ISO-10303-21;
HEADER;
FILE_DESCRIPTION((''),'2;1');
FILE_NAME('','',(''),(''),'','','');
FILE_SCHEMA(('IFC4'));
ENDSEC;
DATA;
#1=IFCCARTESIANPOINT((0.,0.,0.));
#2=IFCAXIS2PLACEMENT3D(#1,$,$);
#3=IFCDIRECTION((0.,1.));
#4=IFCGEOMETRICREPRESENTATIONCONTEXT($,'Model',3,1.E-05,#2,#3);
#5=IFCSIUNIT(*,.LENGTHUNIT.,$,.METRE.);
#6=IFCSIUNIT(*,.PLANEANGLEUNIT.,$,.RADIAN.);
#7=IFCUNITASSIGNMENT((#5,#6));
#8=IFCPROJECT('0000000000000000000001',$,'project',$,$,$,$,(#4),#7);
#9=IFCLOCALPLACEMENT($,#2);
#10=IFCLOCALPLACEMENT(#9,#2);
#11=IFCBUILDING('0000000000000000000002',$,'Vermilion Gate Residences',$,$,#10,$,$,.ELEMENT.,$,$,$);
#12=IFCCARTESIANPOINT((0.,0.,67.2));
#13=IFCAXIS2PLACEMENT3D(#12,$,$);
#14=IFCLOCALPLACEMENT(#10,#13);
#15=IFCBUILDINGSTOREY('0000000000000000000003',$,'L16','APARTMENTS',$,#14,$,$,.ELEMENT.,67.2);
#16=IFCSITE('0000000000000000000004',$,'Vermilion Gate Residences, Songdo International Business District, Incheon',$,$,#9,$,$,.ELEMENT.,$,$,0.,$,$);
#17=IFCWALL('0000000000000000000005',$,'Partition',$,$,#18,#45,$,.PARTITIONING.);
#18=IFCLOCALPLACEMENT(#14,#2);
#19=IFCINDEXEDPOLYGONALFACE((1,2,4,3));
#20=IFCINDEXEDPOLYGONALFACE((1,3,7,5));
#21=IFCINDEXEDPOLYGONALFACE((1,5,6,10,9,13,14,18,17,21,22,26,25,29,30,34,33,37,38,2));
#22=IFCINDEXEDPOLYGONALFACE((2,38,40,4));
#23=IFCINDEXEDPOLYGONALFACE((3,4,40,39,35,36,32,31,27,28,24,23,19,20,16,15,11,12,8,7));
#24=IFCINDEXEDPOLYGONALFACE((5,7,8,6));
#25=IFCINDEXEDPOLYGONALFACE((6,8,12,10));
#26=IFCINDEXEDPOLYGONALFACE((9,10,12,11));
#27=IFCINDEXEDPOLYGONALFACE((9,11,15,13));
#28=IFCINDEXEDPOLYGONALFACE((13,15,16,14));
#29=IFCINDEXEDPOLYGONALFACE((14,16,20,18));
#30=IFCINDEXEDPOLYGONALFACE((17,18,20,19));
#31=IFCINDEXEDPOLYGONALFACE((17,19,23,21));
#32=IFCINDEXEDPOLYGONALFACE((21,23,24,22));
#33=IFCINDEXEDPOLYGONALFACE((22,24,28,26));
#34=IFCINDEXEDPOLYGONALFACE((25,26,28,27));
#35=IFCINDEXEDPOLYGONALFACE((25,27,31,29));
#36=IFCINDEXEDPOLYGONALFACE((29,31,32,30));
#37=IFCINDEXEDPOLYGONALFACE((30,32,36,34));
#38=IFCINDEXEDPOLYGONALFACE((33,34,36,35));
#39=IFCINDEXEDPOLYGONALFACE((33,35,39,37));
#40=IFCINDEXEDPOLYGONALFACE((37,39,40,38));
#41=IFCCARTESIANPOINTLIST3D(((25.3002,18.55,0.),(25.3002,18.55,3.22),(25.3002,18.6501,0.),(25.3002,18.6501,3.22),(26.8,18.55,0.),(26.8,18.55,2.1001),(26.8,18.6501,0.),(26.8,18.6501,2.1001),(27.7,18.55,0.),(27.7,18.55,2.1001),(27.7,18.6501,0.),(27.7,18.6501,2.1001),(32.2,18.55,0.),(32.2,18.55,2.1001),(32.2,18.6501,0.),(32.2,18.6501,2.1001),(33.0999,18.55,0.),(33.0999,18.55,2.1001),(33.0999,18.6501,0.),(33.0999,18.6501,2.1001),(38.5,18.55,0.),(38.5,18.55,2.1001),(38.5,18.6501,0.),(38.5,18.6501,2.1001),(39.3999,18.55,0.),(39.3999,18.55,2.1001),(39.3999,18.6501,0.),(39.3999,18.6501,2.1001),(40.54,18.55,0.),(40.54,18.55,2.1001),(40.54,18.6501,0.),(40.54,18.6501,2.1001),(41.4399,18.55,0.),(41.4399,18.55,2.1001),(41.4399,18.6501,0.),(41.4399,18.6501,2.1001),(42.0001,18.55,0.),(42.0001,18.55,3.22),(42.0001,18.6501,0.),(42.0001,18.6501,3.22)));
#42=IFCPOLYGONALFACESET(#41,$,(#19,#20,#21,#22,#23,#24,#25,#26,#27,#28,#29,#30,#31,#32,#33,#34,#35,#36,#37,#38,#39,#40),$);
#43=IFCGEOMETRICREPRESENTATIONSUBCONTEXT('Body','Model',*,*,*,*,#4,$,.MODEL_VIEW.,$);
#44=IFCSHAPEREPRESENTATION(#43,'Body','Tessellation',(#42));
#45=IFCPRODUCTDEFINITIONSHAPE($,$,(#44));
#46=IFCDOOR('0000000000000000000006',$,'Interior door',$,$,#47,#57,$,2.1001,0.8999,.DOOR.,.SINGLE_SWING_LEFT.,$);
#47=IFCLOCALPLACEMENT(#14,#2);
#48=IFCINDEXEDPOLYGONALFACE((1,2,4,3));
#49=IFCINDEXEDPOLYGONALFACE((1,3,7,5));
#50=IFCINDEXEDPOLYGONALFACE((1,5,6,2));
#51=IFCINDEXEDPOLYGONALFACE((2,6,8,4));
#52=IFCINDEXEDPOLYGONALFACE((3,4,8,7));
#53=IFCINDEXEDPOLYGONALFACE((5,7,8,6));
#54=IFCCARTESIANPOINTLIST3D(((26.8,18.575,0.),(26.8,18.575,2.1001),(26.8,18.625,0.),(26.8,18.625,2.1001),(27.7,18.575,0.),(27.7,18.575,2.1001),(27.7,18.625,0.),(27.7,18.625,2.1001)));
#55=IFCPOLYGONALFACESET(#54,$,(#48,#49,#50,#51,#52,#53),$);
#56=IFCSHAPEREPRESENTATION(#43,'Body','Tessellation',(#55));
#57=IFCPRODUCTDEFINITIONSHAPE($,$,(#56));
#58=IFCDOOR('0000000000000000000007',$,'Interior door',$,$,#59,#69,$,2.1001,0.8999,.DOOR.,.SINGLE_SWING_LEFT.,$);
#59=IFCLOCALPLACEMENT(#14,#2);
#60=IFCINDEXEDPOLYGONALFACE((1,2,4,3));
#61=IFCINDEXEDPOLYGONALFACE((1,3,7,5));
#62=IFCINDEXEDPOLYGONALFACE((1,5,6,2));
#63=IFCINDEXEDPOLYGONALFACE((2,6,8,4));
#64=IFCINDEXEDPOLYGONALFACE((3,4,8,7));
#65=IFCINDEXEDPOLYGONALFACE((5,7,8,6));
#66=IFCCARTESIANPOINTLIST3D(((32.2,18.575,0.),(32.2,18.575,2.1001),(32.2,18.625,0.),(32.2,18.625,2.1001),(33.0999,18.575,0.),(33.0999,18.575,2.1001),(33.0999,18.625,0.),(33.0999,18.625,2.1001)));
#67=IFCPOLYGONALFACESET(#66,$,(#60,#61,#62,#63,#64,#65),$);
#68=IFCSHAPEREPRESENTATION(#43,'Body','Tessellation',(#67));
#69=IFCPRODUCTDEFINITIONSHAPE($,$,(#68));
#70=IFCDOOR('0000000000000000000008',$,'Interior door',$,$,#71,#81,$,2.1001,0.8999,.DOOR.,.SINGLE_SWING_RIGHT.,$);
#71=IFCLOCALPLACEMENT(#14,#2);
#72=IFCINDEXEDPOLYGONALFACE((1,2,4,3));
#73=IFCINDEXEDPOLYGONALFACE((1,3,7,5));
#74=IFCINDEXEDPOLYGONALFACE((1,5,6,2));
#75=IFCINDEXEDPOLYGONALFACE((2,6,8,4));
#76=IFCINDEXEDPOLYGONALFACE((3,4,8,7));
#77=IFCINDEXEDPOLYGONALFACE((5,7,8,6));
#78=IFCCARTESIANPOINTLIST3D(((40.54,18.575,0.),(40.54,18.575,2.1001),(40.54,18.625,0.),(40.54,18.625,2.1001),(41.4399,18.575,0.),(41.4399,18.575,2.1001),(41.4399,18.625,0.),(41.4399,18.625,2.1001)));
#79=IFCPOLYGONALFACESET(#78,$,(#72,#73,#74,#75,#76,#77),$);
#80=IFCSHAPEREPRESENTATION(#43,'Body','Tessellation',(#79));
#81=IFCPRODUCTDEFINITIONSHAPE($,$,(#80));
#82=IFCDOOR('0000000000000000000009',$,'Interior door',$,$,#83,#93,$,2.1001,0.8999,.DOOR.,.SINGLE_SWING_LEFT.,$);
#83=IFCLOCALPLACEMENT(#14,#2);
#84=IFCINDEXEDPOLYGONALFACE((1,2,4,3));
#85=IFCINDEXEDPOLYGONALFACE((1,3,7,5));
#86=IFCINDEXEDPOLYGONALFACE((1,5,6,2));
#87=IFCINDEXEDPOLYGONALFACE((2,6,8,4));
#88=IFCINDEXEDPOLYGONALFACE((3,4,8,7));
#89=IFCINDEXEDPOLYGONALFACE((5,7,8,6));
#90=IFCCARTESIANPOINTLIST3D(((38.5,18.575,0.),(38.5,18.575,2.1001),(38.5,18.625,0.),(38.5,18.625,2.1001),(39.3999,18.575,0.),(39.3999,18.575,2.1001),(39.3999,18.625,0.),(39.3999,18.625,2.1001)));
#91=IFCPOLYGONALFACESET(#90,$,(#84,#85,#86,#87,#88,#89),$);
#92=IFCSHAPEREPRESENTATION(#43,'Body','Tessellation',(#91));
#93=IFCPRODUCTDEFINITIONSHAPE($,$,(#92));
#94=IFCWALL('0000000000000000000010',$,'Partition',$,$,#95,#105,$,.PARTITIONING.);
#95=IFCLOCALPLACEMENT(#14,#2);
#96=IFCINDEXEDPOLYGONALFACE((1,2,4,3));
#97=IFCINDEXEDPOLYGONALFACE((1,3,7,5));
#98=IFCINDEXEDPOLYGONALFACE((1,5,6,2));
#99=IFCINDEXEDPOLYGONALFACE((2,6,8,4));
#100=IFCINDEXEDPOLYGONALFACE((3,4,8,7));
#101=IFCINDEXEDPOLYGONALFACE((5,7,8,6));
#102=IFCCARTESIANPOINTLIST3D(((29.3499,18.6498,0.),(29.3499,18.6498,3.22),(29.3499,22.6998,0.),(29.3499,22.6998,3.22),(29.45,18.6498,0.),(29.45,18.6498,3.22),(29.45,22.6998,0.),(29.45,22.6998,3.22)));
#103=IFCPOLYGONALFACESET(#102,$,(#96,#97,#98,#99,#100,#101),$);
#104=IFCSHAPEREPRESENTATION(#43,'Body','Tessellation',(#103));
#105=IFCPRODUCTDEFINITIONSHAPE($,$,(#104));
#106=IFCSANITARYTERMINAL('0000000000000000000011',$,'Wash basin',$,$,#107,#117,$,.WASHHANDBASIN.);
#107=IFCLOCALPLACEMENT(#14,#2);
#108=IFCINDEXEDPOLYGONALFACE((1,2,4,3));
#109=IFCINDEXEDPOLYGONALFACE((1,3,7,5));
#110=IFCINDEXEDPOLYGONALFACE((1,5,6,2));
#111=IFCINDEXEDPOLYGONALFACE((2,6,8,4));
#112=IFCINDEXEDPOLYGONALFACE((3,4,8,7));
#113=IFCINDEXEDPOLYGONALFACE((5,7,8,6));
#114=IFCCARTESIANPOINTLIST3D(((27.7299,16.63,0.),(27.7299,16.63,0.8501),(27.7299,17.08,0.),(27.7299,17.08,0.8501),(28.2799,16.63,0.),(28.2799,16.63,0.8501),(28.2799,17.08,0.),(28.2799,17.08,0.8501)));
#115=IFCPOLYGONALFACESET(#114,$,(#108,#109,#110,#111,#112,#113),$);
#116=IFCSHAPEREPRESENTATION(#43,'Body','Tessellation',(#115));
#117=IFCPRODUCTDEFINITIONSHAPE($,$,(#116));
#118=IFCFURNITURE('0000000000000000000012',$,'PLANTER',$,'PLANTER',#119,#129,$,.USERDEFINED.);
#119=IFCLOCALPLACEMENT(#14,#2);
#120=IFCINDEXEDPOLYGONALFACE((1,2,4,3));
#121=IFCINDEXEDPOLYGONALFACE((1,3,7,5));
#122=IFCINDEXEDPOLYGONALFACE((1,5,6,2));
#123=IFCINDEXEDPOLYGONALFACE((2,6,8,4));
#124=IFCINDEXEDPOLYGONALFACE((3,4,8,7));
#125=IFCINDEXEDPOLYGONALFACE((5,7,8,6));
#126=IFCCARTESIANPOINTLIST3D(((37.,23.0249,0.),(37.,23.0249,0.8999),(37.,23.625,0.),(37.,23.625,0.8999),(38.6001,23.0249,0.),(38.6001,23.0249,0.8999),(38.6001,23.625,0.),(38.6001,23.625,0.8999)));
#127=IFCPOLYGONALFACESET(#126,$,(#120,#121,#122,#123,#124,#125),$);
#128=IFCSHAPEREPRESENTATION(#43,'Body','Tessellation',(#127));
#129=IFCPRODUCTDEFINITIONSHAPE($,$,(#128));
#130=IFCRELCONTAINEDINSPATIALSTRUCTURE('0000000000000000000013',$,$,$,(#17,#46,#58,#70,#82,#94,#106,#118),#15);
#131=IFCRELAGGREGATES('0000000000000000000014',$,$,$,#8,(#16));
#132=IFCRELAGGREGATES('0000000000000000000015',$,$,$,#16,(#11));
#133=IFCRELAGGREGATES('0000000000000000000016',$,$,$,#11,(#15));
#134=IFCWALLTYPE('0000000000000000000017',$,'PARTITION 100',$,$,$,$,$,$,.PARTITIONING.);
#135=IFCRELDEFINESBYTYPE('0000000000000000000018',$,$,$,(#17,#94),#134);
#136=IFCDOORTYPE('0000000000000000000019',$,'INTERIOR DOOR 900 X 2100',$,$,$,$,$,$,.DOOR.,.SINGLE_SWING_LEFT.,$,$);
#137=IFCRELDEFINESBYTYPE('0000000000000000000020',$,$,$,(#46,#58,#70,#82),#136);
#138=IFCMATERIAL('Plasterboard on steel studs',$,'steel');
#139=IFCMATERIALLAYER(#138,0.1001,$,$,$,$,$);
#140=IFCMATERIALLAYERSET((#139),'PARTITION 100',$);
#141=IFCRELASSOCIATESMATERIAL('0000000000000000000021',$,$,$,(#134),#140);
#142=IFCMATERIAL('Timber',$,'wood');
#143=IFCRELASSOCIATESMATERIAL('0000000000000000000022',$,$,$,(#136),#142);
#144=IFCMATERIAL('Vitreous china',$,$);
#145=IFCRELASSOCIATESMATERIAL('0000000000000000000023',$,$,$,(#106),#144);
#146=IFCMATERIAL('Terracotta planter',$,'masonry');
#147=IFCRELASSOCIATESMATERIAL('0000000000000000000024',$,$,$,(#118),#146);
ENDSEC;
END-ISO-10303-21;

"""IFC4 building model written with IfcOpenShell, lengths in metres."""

from ifc_helpers import new_model, si_unit, direction, frame, frame_2d, origin, origin_2d, place, context, subcontext, project, spatial, rectangle, extrude, material, layer, layer_set, type_object, element, fill, save


model = new_model("IFC4")

# Units and contexts
model_context = context("Model", 3, precision=1e-05, world=origin(), true_north=direction((0.0, 1.0)))
body_context = subcontext(model_context, "Body", "Model", "MODEL_VIEW")
ifc_project = project(units=[si_unit("LENGTHUNIT", "METRE"), si_unit("PLANEANGLEUNIT", "RADIAN")], contexts=[model_context])

# Site, building, storey
site_placement = place(None, origin())
site = spatial("IfcSite", under=ifc_project, at=site_placement, Name="Vermilion Gate Residences, Songdo International Business District, Incheon", CompositionType="ELEMENT", RefElevation=0.0)
building_placement = place(site_placement, origin())
building = spatial("IfcBuilding", under=site, at=building_placement, Name="Vermilion Gate Residences", CompositionType="ELEMENT")
storey_placement = place(building_placement, frame((0.0, 0.0, 67.2)))
storey = spatial("IfcBuildingStorey", under=building, at=storey_placement, Name="L16", Description="APARTMENTS", CompositionType="ELEMENT", Elevation=67.2)

# Wall, openings, doors
ifc_material_1 = material(Name="Plasterboard on steel studs", Category="steel")
ifc_layer_1 = layer(ifc_material_1, 0.1001)
ifc_layer_set_1 = layer_set([ifc_layer_1], Name="PARTITION 100")
wall_type_1 = type_object("IfcWallType", Name="PARTITION 100", PredefinedType="PARTITIONING", material=ifc_layer_set_1)
ifc_material_2 = material(Name="Timber", Category="wood")
door_type_1 = type_object("IfcDoorType", Name="INTERIOR DOOR 900 X 2100", OperationType="SINGLE_SWING_LEFT", PredefinedType="DOOR", material=ifc_material_2)
wall_1_placement = place(storey_placement, frame((25.3, 18.6001, 0.0), z_axis=(0.0, 0.0, 1.0), x_axis=(1.0, 0.0, 0.0)))
wall_1 = element("IfcWall", 1, at=wall_1_placement, inside=storey, type_object=wall_type_1, Name="Partition", PredefinedType="PARTITIONING", context=body_context, shape_type="SweptSolid", body=[
    extrude(rectangle(XDim=16.7, YDim=0.1001, at=frame_2d((8.3501, 0.0))), origin(), (0.0, 0.0, 1.0), 3.22),
])
opening_1_placement = place(wall_1_placement, frame((1.5, 0.0, 0.0)))
opening_1 = element("IfcOpeningElement", 2, at=opening_1_placement, cuts=wall_1, PredefinedType="OPENING", context=body_context, shape_type="SweptSolid", body=[
    extrude(rectangle(XDim=0.8999, YDim=2.1001, at=frame_2d((0.45, 1.05))), frame((0.0, 0.0601, 0.0), z_axis=(0.0, -1.0, 0.0), x_axis=(1.0, 0.0, 0.0)), (0.0, 0.0, 1.0), 0.1201),
])
opening_2_placement = place(wall_1_placement, frame((6.8999, 0.0, 0.0)))
opening_2 = element("IfcOpeningElement", 3, at=opening_2_placement, cuts=wall_1, PredefinedType="OPENING", context=body_context, shape_type="SweptSolid", body=[
    extrude(rectangle(XDim=0.8999, YDim=2.1001, at=frame_2d((0.45, 1.05))), frame((0.0, 0.0601, 0.0), z_axis=(0.0, -1.0, 0.0), x_axis=(1.0, 0.0, 0.0)), (0.0, 0.0, 1.0), 0.1201),
])
opening_3_placement = place(wall_1_placement, frame((15.24, 0.0, 0.0)))
opening_3 = element("IfcOpeningElement", 4, at=opening_3_placement, cuts=wall_1, PredefinedType="OPENING", context=body_context, shape_type="SweptSolid", body=[
    extrude(rectangle(XDim=0.8999, YDim=2.1001, at=frame_2d((0.45, 1.05))), frame((0.0, 0.0601, 0.0), z_axis=(0.0, -1.0, 0.0), x_axis=(1.0, 0.0, 0.0)), (0.0, 0.0, 1.0), 0.1201),
])
opening_4_placement = place(wall_1_placement, frame((13.2, 0.0, 0.0)))
opening_4 = element("IfcOpeningElement", 5, at=opening_4_placement, cuts=wall_1, PredefinedType="OPENING", context=body_context, shape_type="SweptSolid", body=[
    extrude(rectangle(XDim=0.8999, YDim=2.1001, at=frame_2d((0.45, 1.05))), frame((0.0, 0.0601, 0.0), z_axis=(0.0, -1.0, 0.0), x_axis=(1.0, 0.0, 0.0)), (0.0, 0.0, 1.0), 0.1201),
])
door_1_placement = place(opening_1_placement, origin())
door_1 = element("IfcDoor", 6, at=door_1_placement, inside=storey, type_object=door_type_1, Name="Interior door", OperationType="SINGLE_SWING_LEFT", OverallHeight=2.1001, OverallWidth=0.8999, PredefinedType="DOOR", context=body_context, shape_type="SweptSolid", body=[
    extrude(rectangle(XDim=0.8999, YDim=2.1001, at=frame_2d((0.45, 1.05))), frame((0.0, 0.0249, 0.0), z_axis=(0.0, -1.0, 0.0), x_axis=(1.0, 0.0, 0.0)), (0.0, 0.0, 1.0), 0.05),
])
fill(opening_1, door_1)
door_2_placement = place(opening_2_placement, origin())
door_2 = element("IfcDoor", 7, at=door_2_placement, inside=storey, type_object=door_type_1, Name="Interior door", OperationType="SINGLE_SWING_LEFT", OverallHeight=2.1001, OverallWidth=0.8999, PredefinedType="DOOR", context=body_context, shape_type="SweptSolid", body=[
    extrude(rectangle(XDim=0.8999, YDim=2.1001, at=frame_2d((0.45, 1.05))), frame((0.0, 0.0249, 0.0), z_axis=(0.0, -1.0, 0.0), x_axis=(1.0, 0.0, 0.0)), (0.0, 0.0, 1.0), 0.05),
])
fill(opening_2, door_2)
door_3_placement = place(opening_3_placement, origin())
door_3 = element("IfcDoor", 8, at=door_3_placement, inside=storey, type_object=door_type_1, Name="Interior door", OperationType="SINGLE_SWING_RIGHT", OverallHeight=2.1001, OverallWidth=0.8999, PredefinedType="DOOR", context=body_context, shape_type="SweptSolid", body=[
    extrude(rectangle(XDim=0.8999, YDim=2.1001, at=frame_2d((0.45, 1.05))), frame((0.0, 0.0249, 0.0), z_axis=(0.0, -1.0, 0.0), x_axis=(1.0, 0.0, 0.0)), (0.0, 0.0, 1.0), 0.05),
])
fill(opening_3, door_3)
door_4_placement = place(opening_4_placement, origin())
door_4 = element("IfcDoor", 9, at=door_4_placement, inside=storey, type_object=door_type_1, Name="Interior door", OperationType="SINGLE_SWING_LEFT", OverallHeight=2.1001, OverallWidth=0.8999, PredefinedType="DOOR", context=body_context, shape_type="SweptSolid", body=[
    extrude(rectangle(XDim=0.8999, YDim=2.1001, at=frame_2d((0.45, 1.05))), frame((0.0, 0.0249, 0.0), z_axis=(0.0, -1.0, 0.0), x_axis=(1.0, 0.0, 0.0)), (0.0, 0.0, 1.0), 0.05),
])
fill(opening_4, door_4)

# Wall
wall_2_placement = place(storey_placement, frame((29.3999, 18.6499, 0.0), z_axis=(0.0, 0.0, 1.0), x_axis=(0.0, 1.0, 0.0)))
element("IfcWall", 10, at=wall_2_placement, inside=storey, type_object=wall_type_1, Name="Partition", PredefinedType="PARTITIONING", context=body_context, shape_type="SweptSolid", body=[
    extrude(rectangle(XDim=4.05, YDim=0.1001, at=frame_2d((2.0249, 0.0))), origin(), (0.0, 0.0, 1.0), 3.22),
])

# Sanitary terminal
ifc_material_3 = material(Name="Vitreous china")
sanitary_terminal_placement = place(storey_placement, frame((28.0049, 16.855, 0.0), z_axis=(0.0, 0.0, 1.0), x_axis=(1.0, 0.0, 0.0)))
element("IfcSanitaryTerminal", 11, at=sanitary_terminal_placement, inside=storey, material=ifc_material_3, Name="Wash basin", PredefinedType="WASHHANDBASIN", context=body_context, shape_type="SweptSolid", body=[
    extrude(rectangle(XDim=0.55, YDim=0.45, at=origin_2d()), origin(), (0.0, 0.0, 1.0), 0.8501),
])

# Furniture
ifc_material_4 = material(Name="Terracotta planter", Category="masonry")
furniture_placement = place(storey_placement, frame((37.8, 23.325, 0.0), z_axis=(0.0, 0.0, 1.0), x_axis=(-1.0, 0.0, 0.0)))
element("IfcFurniture", 12, at=furniture_placement, inside=storey, material=ifc_material_4, Name="PLANTER", ObjectType="PLANTER", PredefinedType="USERDEFINED", context=body_context, shape_type="SweptSolid", body=[
    extrude(rectangle(XDim=1.6001, YDim=0.6001, at=origin_2d()), origin(), (0.0, 0.0, 1.0), 0.8999),
])

save(model, "model.ifc")
